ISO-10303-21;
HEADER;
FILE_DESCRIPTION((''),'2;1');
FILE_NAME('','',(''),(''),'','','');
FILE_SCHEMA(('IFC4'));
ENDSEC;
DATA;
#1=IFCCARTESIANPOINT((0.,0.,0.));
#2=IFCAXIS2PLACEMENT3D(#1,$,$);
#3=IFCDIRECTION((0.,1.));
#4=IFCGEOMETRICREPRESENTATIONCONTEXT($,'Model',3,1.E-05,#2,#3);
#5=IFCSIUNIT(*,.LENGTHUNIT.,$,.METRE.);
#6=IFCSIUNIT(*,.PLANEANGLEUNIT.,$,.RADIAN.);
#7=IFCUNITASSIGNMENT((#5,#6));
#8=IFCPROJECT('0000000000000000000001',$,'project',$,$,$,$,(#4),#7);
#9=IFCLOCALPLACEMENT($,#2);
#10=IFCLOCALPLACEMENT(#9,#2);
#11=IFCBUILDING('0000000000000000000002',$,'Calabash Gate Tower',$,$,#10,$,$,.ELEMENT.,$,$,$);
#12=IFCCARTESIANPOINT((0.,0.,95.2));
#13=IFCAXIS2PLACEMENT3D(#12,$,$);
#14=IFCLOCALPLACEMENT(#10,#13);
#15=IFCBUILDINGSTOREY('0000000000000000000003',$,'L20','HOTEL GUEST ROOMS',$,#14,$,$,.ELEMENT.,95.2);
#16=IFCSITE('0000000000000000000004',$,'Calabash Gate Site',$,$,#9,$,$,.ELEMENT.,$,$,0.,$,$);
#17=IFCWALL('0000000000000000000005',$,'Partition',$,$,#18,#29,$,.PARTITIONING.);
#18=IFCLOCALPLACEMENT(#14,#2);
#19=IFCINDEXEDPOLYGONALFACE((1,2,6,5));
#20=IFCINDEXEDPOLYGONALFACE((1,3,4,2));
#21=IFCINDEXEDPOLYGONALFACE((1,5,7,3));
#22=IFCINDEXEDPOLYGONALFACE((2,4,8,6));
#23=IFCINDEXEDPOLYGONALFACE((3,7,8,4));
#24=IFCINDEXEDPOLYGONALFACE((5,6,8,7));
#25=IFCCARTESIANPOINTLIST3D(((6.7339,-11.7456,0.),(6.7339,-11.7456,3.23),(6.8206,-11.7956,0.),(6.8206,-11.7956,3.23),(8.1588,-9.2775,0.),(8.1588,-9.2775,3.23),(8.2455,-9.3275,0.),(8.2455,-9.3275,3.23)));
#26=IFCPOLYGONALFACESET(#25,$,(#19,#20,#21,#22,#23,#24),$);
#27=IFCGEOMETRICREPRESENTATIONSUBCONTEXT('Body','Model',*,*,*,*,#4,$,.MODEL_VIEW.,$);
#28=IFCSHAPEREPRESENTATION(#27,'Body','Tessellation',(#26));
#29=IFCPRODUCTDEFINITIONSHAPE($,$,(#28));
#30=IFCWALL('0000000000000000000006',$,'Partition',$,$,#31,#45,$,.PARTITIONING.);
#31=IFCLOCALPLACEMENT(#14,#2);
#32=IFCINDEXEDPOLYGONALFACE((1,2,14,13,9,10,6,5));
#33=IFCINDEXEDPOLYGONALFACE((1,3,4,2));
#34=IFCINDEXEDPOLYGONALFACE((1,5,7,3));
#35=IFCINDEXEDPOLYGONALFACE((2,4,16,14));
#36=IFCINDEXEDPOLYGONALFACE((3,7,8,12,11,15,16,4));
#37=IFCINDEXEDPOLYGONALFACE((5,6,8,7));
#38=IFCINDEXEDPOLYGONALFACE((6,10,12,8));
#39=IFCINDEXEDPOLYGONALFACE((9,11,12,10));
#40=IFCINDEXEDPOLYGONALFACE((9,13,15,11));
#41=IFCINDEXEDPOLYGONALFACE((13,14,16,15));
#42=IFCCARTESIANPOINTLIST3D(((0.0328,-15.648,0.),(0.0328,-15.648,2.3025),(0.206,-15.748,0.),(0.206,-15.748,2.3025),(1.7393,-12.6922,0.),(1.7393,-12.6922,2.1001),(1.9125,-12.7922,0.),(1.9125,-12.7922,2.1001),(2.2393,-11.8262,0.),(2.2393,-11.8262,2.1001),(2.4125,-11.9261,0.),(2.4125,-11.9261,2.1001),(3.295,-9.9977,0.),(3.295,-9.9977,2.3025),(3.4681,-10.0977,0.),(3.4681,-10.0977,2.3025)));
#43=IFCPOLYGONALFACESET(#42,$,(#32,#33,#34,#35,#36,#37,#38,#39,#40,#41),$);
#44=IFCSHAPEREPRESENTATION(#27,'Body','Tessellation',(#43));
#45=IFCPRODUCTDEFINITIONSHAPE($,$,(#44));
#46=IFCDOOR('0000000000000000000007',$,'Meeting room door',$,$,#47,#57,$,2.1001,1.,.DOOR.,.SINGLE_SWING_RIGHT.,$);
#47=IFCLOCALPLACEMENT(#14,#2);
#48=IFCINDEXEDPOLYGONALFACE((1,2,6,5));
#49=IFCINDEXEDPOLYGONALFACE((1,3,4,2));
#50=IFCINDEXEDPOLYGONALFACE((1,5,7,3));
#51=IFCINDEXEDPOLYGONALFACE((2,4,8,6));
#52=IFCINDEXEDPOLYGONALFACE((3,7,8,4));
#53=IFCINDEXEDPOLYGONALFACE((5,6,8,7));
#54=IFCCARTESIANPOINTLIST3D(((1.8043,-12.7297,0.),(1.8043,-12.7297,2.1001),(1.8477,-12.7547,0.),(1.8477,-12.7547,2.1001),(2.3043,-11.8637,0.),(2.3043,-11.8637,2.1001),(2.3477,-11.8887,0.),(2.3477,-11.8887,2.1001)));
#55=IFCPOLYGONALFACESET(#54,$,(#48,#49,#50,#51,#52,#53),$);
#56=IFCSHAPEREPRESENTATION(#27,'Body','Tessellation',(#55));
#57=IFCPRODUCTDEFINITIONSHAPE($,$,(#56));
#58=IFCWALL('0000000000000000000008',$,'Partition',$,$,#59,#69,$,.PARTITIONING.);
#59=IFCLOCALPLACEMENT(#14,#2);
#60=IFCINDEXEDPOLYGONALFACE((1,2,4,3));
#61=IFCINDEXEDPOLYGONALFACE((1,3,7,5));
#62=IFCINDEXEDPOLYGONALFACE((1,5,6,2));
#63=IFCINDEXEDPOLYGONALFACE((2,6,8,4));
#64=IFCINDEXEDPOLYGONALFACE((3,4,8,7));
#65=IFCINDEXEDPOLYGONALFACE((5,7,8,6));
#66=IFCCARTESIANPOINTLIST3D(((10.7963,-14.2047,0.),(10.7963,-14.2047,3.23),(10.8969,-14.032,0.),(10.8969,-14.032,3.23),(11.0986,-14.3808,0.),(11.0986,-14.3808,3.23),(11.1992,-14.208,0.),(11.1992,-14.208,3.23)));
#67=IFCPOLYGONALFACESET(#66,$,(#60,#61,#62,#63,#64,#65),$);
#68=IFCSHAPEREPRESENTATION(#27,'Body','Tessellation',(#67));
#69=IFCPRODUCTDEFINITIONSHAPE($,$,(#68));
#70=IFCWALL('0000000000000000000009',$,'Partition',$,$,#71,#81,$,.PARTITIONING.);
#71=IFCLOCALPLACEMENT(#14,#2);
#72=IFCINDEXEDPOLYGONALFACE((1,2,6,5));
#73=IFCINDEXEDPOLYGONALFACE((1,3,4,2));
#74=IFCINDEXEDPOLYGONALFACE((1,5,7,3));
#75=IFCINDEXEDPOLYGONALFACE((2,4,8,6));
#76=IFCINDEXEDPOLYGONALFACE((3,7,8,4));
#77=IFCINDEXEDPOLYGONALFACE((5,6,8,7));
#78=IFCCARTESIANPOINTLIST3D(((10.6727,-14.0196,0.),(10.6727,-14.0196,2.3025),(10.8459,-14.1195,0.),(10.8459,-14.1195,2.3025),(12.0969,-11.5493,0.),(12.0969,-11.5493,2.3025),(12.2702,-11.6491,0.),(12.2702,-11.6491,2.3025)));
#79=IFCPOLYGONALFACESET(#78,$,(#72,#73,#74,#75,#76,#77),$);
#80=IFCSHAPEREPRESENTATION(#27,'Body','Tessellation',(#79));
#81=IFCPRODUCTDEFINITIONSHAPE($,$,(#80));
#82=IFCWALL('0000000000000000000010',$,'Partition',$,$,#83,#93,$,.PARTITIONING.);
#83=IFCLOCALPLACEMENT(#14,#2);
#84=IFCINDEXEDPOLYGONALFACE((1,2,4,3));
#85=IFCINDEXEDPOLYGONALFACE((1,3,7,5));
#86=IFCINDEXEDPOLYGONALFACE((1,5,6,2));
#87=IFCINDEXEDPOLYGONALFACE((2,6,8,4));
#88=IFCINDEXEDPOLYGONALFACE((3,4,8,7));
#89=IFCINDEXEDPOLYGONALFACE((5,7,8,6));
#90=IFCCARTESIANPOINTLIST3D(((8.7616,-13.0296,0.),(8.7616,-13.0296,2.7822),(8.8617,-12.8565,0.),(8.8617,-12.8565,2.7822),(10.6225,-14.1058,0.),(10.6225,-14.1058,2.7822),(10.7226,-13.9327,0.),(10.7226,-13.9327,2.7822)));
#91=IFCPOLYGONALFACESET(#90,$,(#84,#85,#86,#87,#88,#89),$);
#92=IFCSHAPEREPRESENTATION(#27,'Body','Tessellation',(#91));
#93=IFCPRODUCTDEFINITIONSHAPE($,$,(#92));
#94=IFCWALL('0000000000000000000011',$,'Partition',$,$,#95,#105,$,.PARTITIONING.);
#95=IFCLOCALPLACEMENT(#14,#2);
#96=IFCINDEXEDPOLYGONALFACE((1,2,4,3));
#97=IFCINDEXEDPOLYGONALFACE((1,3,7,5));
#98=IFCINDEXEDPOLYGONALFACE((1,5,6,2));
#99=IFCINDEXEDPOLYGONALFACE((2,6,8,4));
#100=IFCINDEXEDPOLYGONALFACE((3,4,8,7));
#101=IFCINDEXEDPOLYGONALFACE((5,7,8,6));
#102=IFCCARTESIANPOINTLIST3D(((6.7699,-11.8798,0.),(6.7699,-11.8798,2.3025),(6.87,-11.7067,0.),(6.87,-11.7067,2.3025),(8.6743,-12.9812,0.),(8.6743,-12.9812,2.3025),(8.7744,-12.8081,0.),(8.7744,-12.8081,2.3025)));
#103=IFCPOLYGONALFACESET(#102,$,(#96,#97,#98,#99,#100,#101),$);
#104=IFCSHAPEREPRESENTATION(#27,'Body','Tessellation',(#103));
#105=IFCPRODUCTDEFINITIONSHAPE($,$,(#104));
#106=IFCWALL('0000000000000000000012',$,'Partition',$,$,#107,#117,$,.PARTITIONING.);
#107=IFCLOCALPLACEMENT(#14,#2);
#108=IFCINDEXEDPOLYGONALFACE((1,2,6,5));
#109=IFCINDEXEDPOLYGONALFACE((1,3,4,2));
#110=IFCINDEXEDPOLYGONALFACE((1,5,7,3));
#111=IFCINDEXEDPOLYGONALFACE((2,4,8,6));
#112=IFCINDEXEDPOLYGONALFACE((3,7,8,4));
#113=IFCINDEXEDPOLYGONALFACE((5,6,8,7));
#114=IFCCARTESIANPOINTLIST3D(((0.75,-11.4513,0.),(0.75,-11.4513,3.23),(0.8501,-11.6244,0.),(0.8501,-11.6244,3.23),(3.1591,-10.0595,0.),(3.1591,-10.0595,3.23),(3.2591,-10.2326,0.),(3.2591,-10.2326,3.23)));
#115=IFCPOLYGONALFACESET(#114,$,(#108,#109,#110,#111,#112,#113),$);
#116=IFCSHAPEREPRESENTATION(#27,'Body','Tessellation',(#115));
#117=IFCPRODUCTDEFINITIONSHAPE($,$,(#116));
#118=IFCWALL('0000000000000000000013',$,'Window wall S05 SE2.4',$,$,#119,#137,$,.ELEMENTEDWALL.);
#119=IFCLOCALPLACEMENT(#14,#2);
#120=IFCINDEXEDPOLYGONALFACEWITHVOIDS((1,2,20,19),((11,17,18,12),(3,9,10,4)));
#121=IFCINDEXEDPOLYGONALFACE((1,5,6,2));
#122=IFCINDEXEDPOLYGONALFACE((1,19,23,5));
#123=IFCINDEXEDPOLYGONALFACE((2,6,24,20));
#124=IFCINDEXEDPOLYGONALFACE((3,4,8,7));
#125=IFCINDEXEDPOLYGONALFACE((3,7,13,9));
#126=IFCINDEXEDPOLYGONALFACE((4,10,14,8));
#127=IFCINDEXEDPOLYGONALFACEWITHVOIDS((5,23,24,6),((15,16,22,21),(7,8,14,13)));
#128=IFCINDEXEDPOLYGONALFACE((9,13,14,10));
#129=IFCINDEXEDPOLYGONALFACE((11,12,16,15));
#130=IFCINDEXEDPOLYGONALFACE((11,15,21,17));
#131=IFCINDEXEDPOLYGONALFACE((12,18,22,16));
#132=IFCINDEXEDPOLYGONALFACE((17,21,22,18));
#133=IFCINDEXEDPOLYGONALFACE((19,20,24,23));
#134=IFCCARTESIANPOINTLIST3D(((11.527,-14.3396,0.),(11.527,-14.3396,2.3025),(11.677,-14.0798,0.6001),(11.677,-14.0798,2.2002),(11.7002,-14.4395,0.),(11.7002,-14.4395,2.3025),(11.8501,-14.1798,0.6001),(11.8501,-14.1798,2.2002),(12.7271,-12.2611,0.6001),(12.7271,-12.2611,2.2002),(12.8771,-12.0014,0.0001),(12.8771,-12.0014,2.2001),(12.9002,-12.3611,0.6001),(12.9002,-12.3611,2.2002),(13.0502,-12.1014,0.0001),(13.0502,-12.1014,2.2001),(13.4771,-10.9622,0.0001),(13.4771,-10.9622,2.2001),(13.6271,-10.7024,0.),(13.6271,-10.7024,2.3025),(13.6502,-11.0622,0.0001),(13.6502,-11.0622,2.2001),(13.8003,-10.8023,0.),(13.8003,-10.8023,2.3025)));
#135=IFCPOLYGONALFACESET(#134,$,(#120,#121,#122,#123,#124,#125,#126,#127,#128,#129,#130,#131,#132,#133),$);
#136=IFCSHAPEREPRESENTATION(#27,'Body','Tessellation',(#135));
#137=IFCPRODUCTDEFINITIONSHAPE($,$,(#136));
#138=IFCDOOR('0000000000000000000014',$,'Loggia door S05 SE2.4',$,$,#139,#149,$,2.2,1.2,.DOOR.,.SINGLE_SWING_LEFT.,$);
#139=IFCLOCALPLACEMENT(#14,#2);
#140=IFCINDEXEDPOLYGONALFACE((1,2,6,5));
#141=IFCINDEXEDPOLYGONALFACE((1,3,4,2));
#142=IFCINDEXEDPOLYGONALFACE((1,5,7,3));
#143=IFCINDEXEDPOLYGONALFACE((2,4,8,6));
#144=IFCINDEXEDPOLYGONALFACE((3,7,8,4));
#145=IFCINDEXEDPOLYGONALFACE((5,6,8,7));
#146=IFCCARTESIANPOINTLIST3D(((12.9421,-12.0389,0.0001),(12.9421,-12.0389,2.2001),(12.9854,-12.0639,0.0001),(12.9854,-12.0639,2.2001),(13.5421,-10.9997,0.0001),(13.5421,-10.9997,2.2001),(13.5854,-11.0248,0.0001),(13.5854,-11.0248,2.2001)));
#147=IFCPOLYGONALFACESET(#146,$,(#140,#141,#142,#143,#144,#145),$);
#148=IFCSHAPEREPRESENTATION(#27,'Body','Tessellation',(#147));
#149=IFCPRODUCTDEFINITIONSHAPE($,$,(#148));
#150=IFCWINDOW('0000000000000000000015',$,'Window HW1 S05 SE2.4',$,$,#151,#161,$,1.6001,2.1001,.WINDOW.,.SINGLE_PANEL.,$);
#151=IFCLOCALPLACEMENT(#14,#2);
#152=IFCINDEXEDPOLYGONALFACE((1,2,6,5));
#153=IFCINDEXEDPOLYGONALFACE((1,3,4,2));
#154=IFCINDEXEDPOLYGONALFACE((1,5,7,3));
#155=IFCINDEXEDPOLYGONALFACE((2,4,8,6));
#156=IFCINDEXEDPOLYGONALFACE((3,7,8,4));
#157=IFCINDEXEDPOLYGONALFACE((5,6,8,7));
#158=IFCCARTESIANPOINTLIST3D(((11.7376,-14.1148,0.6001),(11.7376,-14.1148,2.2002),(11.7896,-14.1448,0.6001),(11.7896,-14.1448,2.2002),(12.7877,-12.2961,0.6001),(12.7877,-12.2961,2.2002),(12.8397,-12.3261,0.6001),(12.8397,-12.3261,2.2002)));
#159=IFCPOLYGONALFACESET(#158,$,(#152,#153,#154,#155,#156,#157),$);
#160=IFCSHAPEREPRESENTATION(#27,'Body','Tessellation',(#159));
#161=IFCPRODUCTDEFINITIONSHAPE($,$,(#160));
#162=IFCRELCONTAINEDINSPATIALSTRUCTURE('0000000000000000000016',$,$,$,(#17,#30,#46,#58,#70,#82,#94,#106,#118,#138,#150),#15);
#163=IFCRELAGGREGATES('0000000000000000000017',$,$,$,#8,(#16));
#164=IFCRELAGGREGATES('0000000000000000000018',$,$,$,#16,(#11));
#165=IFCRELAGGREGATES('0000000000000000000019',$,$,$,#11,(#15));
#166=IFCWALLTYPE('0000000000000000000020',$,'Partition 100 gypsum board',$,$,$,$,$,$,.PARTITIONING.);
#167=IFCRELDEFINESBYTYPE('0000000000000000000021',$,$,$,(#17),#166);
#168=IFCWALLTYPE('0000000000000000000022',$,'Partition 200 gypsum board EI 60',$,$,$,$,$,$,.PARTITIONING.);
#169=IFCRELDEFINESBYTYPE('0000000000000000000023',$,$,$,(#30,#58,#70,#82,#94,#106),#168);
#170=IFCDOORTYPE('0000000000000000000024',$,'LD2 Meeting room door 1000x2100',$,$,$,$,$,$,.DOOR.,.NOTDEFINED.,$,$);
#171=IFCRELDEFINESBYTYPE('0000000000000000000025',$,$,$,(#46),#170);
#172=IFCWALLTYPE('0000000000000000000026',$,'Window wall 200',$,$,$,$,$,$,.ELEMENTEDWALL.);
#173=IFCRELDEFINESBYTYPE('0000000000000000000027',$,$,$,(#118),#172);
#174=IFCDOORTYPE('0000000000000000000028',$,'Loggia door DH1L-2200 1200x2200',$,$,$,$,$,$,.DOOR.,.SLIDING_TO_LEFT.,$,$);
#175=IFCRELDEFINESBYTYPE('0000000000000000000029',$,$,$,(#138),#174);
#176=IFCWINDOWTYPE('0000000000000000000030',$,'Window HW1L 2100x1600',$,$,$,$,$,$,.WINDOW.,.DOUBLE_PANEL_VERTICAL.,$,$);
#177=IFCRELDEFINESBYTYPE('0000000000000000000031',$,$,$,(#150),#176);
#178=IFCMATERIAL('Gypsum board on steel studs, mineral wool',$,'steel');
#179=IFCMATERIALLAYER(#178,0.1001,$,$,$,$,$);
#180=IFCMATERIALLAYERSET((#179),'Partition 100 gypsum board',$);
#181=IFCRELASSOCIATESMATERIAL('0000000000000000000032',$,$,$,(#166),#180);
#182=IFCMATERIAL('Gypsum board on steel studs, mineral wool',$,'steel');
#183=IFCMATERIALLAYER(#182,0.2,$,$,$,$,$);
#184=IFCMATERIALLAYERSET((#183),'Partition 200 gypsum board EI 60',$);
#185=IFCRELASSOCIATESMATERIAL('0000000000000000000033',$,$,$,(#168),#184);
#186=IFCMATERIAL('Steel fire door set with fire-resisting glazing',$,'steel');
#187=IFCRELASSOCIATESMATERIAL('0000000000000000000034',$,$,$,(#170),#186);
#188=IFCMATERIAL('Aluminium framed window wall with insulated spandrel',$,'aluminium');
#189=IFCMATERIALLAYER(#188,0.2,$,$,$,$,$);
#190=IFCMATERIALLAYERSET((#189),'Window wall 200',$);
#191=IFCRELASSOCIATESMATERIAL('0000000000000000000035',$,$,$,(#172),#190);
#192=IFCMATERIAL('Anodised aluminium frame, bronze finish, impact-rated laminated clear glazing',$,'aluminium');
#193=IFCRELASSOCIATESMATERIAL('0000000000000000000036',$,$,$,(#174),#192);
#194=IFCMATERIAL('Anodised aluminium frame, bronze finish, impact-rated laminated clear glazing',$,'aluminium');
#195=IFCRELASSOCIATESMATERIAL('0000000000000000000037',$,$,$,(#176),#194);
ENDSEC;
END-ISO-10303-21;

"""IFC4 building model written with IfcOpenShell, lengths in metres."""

from ifc_helpers import new_model, si_unit, direction, frame, frame_2d, origin, place, context, subcontext, project, spatial, rectangle, extrude, material, layer, layer_set, type_object, element, fill, save


model = new_model("IFC4")

# Units and contexts
model_context = context("Model", 3, precision=1e-05, world=origin(), true_north=direction((0.0, 1.0)))
body_context = subcontext(model_context, "Body", "Model", "MODEL_VIEW")
ifc_project = project(units=[si_unit("LENGTHUNIT", "METRE"), si_unit("PLANEANGLEUNIT", "RADIAN")], contexts=[model_context])

# Site, building, storey
site_placement = place(None, origin())
site = spatial("IfcSite", under=ifc_project, at=site_placement, Name="Calabash Gate Site", CompositionType="ELEMENT", RefElevation=0.0)
building_placement = place(site_placement, origin())
building = spatial("IfcBuilding", under=site, at=building_placement, Name="Calabash Gate Tower", CompositionType="ELEMENT")
storey_placement = place(building_placement, frame((0.0, 0.0, 95.2)))
storey = spatial("IfcBuildingStorey", under=building, at=storey_placement, Name="L20", Description="HOTEL GUEST ROOMS", CompositionType="ELEMENT", Elevation=95.2)

# Shared definitions
ifc_material_1 = material(Name="Gypsum board on steel studs, mineral wool", Category="steel")
ifc_layer_1 = layer(ifc_material_1, 0.1001)
ifc_layer_set_1 = layer_set([ifc_layer_1], Name="Partition 100 gypsum board")
wall_type_1 = type_object("IfcWallType", Name="Partition 100 gypsum board", PredefinedType="PARTITIONING", material=ifc_layer_set_1)

# Wall
wall_1_placement = place(storey_placement, frame((6.7773, -11.7705, 0.0), z_axis=(0.0, 0.0, 1.0), x_axis=(0.499972, 0.866041, 0.0)))
element("IfcWall", 1, at=wall_1_placement, inside=storey, type_object=wall_type_1, Name="Partition", PredefinedType="PARTITIONING", context=body_context, shape_type="SweptSolid", body=[
    extrude(rectangle(XDim=2.8499, YDim=0.1001, at=frame_2d((1.4248, 0.0))), origin(), (0.0, 0.0, 1.0), 3.23),
])

# Wall, opening, door
ifc_material_2 = material(Name="Gypsum board on steel studs, mineral wool", Category="steel")
ifc_layer_2 = layer(ifc_material_2, 0.2)
ifc_layer_set_2 = layer_set([ifc_layer_2], Name="Partition 200 gypsum board EI 60")
wall_type_2 = type_object("IfcWallType", Name="Partition 200 gypsum board EI 60", PredefinedType="PARTITIONING", material=ifc_layer_set_2)
wall_2_placement = place(storey_placement, frame((0.1194, -15.698, 0.0), z_axis=(0.0, 0.0, 1.0), x_axis=(0.499995, 0.866029, 0.0)))
wall_2 = element("IfcWall", 2, at=wall_2_placement, inside=storey, type_object=wall_type_2, Name="Partition", PredefinedType="PARTITIONING", context=body_context, shape_type="SweptSolid", body=[
    extrude(rectangle(XDim=6.5244, YDim=0.2, at=frame_2d((3.2622, 0.0))), origin(), (0.0, 0.0, 1.0), 2.3025),
])
opening_1_placement = place(wall_2_placement, frame((3.4131, 0.0, 0.0)))
opening_1 = element("IfcOpeningElement", 3, at=opening_1_placement, cuts=wall_2, PredefinedType="OPENING", context=body_context, shape_type="SweptSolid", body=[
    extrude(rectangle(XDim=1.0, YDim=2.1001, at=frame_2d((0.5, 1.05))), frame((0.0, 0.1099, 0.0), z_axis=(0.0, -1.0, 0.0), x_axis=(1.0, 0.0, 0.0)), (0.0, 0.0, 1.0), 0.22),
])
ifc_material_3 = material(Name="Steel fire door set with fire-resisting glazing", Category="steel")
door_type_1 = type_object("IfcDoorType", Name="LD2 Meeting room door 1000x2100", OperationType="NOTDEFINED", PredefinedType="DOOR", material=ifc_material_3)
door_1_placement = place(opening_1_placement, origin())
door_1 = element("IfcDoor", 4, at=door_1_placement, inside=storey, type_object=door_type_1, Name="Meeting room door", OperationType="SINGLE_SWING_RIGHT", OverallHeight=2.1001, OverallWidth=1.0, PredefinedType="DOOR", context=body_context, shape_type="SweptSolid", body=[
    extrude(rectangle(XDim=1.0, YDim=2.1001, at=frame_2d((0.5, 1.05))), frame((0.0, 0.0249, 0.0), z_axis=(0.0, -1.0, 0.0), x_axis=(1.0, 0.0, 0.0)), (0.0, 0.0, 1.0), 0.05),
])
fill(opening_1, door_1)

# Walls
wall_3_placement = place(storey_placement, frame((10.8467, -14.1184, 0.0), z_axis=(0.0, 0.0, 1.0), x_axis=(0.864133, -0.503263, 0.0)))
element("IfcWall", 5, at=wall_3_placement, inside=storey, type_object=wall_type_2, Name="Partition", PredefinedType="PARTITIONING", context=body_context, shape_type="SweptSolid", body=[
    extrude(rectangle(XDim=0.3499, YDim=0.2, at=frame_2d((0.1748, 0.0))), origin(), (0.0, 0.0, 1.0), 3.23),
])
wall_4_placement = place(storey_placement, frame((10.7593, -14.0696, 0.0), z_axis=(0.0, 0.0, 1.0), x_axis=(0.499473, 0.86633, 0.0)))
element("IfcWall", 6, at=wall_4_placement, inside=storey, type_object=wall_type_2, Name="Partition", PredefinedType="PARTITIONING", context=body_context, shape_type="SweptSolid", body=[
    extrude(rectangle(XDim=2.8516, YDim=0.2, at=frame_2d((1.4258, 0.0))), origin(), (0.0, 0.0, 1.0), 2.3025),
])
wall_5_placement = place(storey_placement, frame((8.8118, -12.9431, 0.0), z_axis=(0.0, 0.0, 1.0), x_axis=(0.865659, -0.500633, 0.0)))
element("IfcWall", 7, at=wall_5_placement, inside=storey, type_object=wall_type_2, Name="Partition", PredefinedType="PARTITIONING", context=body_context, shape_type="SweptSolid", body=[
    extrude(rectangle(XDim=2.1497, YDim=0.2, at=frame_2d((1.0747, 0.0))), origin(), (0.0, 0.0, 1.0), 2.7822),
])
wall_6_placement = place(storey_placement, frame((6.8198, -11.7932, 0.0), z_axis=(0.0, 0.0, 1.0), x_axis=(0.865657, -0.500638, 0.0)))
element("IfcWall", 8, at=wall_6_placement, inside=storey, type_object=wall_type_2, Name="Partition", PredefinedType="PARTITIONING", context=body_context, shape_type="SweptSolid", body=[
    extrude(rectangle(XDim=2.2, YDim=0.2, at=frame_2d((1.1001, 0.0))), origin(), (0.0, 0.0, 1.0), 2.3025),
])
wall_7_placement = place(storey_placement, frame((0.8, -11.5378, 0.0), z_axis=(0.0, 0.0, 1.0), x_axis=(0.865884, 0.500244, 0.0)))
element("IfcWall", 9, at=wall_7_placement, inside=storey, type_object=wall_type_2, Name="Partition", PredefinedType="PARTITIONING", context=body_context, shape_type="SweptSolid", body=[
    extrude(rectangle(XDim=2.7822, YDim=0.2, at=frame_2d((1.3911, 0.0))), origin(), (0.0, 0.0, 1.0), 3.23),
])

# Wall, openings, door, window
ifc_material_4 = material(Name="Aluminium framed window wall with insulated spandrel", Category="aluminium")
ifc_layer_3 = layer(ifc_material_4, 0.2)
ifc_layer_set_3 = layer_set([ifc_layer_3], Name="Window wall 200")
wall_type_3 = type_object("IfcWallType", Name="Window wall 200", PredefinedType="ELEMENTEDWALL", material=ifc_layer_set_3)
wall_8_placement = place(storey_placement, frame((11.6135, -14.3896, 0.0), z_axis=(0.0, 0.0, 1.0), x_axis=(0.500028, 0.866009, 0.0)))
wall_8 = element("IfcWall", 10, at=wall_8_placement, inside=storey, type_object=wall_type_3, Name="Window wall S05 SE2.4", PredefinedType="ELEMENTEDWALL", context=body_context, shape_type="SweptSolid", body=[
    extrude(rectangle(XDim=4.2, YDim=0.2, at=frame_2d((2.1001, 0.0))), origin(), (0.0, 0.0, 1.0), 2.3025),
])
opening_2_placement = place(wall_8_placement, frame((0.3, 0.0, 0.6001)))
opening_2 = element("IfcOpeningElement", 11, at=opening_2_placement, cuts=wall_8, PredefinedType="OPENING", context=body_context, shape_type="SweptSolid", body=[
    extrude(rectangle(XDim=2.1001, YDim=1.6001, at=frame_2d((1.05, 0.8))), frame((0.0, 0.1099, 0.0), z_axis=(0.0, -1.0, 0.0), x_axis=(1.0, 0.0, 0.0)), (0.0, 0.0, 1.0), 0.22),
])
opening_3_placement = place(wall_8_placement, frame((2.7, 0.0, 0.0)))
opening_3 = element("IfcOpeningElement", 12, at=opening_3_placement, cuts=wall_8, PredefinedType="OPENING", context=body_context, shape_type="SweptSolid", body=[
    extrude(rectangle(XDim=1.2, YDim=2.2, at=frame_2d((0.6001, 1.1001))), frame((0.0, 0.1099, 0.0), z_axis=(0.0, -1.0, 0.0), x_axis=(1.0, 0.0, 0.0)), (0.0, 0.0, 1.0), 0.22),
])
ifc_material_5 = material(Name="Anodised aluminium frame, bronze finish, impact-rated laminated clear glazing", Category="aluminium")
door_type_2 = type_object("IfcDoorType", Name="Loggia door DH1L-2200 1200x2200", OperationType="SLIDING_TO_LEFT", PredefinedType="DOOR", material=ifc_material_5)
door_2_placement = place(opening_3_placement, origin())
door_2 = element("IfcDoor", 13, at=door_2_placement, inside=storey, type_object=door_type_2, Name="Loggia door S05 SE2.4", OperationType="SINGLE_SWING_LEFT", OverallHeight=2.2, OverallWidth=1.2, PredefinedType="DOOR", context=body_context, shape_type="SweptSolid", body=[
    extrude(rectangle(XDim=1.2, YDim=2.2, at=frame_2d((0.6001, 1.1001))), frame((0.0, 0.0249, 0.0), z_axis=(0.0, -1.0, 0.0), x_axis=(1.0, 0.0, 0.0)), (0.0, 0.0, 1.0), 0.05),
])
fill(opening_3, door_2)
ifc_material_6 = material(Name="Anodised aluminium frame, bronze finish, impact-rated laminated clear glazing", Category="aluminium")
window_type = type_object("IfcWindowType", Name="Window HW1L 2100x1600", PartitioningType="DOUBLE_PANEL_VERTICAL", PredefinedType="WINDOW", material=ifc_material_6)
window_placement = place(opening_2_placement, origin())
window = element("IfcWindow", 14, at=window_placement, inside=storey, type_object=window_type, Name="Window HW1 S05 SE2.4", OverallHeight=1.6001, OverallWidth=2.1001, PartitioningType="SINGLE_PANEL", PredefinedType="WINDOW", context=body_context, shape_type="SweptSolid", body=[
    extrude(rectangle(XDim=2.1001, YDim=1.6001, at=frame_2d((1.05, 0.8))), frame((0.0, 0.03, 0.0), z_axis=(0.0, -1.0, 0.0), x_axis=(1.0, 0.0, 0.0)), (0.0, 0.0, 1.0), 0.0601),
])
fill(opening_2, window)

save(model, "model.ifc")
